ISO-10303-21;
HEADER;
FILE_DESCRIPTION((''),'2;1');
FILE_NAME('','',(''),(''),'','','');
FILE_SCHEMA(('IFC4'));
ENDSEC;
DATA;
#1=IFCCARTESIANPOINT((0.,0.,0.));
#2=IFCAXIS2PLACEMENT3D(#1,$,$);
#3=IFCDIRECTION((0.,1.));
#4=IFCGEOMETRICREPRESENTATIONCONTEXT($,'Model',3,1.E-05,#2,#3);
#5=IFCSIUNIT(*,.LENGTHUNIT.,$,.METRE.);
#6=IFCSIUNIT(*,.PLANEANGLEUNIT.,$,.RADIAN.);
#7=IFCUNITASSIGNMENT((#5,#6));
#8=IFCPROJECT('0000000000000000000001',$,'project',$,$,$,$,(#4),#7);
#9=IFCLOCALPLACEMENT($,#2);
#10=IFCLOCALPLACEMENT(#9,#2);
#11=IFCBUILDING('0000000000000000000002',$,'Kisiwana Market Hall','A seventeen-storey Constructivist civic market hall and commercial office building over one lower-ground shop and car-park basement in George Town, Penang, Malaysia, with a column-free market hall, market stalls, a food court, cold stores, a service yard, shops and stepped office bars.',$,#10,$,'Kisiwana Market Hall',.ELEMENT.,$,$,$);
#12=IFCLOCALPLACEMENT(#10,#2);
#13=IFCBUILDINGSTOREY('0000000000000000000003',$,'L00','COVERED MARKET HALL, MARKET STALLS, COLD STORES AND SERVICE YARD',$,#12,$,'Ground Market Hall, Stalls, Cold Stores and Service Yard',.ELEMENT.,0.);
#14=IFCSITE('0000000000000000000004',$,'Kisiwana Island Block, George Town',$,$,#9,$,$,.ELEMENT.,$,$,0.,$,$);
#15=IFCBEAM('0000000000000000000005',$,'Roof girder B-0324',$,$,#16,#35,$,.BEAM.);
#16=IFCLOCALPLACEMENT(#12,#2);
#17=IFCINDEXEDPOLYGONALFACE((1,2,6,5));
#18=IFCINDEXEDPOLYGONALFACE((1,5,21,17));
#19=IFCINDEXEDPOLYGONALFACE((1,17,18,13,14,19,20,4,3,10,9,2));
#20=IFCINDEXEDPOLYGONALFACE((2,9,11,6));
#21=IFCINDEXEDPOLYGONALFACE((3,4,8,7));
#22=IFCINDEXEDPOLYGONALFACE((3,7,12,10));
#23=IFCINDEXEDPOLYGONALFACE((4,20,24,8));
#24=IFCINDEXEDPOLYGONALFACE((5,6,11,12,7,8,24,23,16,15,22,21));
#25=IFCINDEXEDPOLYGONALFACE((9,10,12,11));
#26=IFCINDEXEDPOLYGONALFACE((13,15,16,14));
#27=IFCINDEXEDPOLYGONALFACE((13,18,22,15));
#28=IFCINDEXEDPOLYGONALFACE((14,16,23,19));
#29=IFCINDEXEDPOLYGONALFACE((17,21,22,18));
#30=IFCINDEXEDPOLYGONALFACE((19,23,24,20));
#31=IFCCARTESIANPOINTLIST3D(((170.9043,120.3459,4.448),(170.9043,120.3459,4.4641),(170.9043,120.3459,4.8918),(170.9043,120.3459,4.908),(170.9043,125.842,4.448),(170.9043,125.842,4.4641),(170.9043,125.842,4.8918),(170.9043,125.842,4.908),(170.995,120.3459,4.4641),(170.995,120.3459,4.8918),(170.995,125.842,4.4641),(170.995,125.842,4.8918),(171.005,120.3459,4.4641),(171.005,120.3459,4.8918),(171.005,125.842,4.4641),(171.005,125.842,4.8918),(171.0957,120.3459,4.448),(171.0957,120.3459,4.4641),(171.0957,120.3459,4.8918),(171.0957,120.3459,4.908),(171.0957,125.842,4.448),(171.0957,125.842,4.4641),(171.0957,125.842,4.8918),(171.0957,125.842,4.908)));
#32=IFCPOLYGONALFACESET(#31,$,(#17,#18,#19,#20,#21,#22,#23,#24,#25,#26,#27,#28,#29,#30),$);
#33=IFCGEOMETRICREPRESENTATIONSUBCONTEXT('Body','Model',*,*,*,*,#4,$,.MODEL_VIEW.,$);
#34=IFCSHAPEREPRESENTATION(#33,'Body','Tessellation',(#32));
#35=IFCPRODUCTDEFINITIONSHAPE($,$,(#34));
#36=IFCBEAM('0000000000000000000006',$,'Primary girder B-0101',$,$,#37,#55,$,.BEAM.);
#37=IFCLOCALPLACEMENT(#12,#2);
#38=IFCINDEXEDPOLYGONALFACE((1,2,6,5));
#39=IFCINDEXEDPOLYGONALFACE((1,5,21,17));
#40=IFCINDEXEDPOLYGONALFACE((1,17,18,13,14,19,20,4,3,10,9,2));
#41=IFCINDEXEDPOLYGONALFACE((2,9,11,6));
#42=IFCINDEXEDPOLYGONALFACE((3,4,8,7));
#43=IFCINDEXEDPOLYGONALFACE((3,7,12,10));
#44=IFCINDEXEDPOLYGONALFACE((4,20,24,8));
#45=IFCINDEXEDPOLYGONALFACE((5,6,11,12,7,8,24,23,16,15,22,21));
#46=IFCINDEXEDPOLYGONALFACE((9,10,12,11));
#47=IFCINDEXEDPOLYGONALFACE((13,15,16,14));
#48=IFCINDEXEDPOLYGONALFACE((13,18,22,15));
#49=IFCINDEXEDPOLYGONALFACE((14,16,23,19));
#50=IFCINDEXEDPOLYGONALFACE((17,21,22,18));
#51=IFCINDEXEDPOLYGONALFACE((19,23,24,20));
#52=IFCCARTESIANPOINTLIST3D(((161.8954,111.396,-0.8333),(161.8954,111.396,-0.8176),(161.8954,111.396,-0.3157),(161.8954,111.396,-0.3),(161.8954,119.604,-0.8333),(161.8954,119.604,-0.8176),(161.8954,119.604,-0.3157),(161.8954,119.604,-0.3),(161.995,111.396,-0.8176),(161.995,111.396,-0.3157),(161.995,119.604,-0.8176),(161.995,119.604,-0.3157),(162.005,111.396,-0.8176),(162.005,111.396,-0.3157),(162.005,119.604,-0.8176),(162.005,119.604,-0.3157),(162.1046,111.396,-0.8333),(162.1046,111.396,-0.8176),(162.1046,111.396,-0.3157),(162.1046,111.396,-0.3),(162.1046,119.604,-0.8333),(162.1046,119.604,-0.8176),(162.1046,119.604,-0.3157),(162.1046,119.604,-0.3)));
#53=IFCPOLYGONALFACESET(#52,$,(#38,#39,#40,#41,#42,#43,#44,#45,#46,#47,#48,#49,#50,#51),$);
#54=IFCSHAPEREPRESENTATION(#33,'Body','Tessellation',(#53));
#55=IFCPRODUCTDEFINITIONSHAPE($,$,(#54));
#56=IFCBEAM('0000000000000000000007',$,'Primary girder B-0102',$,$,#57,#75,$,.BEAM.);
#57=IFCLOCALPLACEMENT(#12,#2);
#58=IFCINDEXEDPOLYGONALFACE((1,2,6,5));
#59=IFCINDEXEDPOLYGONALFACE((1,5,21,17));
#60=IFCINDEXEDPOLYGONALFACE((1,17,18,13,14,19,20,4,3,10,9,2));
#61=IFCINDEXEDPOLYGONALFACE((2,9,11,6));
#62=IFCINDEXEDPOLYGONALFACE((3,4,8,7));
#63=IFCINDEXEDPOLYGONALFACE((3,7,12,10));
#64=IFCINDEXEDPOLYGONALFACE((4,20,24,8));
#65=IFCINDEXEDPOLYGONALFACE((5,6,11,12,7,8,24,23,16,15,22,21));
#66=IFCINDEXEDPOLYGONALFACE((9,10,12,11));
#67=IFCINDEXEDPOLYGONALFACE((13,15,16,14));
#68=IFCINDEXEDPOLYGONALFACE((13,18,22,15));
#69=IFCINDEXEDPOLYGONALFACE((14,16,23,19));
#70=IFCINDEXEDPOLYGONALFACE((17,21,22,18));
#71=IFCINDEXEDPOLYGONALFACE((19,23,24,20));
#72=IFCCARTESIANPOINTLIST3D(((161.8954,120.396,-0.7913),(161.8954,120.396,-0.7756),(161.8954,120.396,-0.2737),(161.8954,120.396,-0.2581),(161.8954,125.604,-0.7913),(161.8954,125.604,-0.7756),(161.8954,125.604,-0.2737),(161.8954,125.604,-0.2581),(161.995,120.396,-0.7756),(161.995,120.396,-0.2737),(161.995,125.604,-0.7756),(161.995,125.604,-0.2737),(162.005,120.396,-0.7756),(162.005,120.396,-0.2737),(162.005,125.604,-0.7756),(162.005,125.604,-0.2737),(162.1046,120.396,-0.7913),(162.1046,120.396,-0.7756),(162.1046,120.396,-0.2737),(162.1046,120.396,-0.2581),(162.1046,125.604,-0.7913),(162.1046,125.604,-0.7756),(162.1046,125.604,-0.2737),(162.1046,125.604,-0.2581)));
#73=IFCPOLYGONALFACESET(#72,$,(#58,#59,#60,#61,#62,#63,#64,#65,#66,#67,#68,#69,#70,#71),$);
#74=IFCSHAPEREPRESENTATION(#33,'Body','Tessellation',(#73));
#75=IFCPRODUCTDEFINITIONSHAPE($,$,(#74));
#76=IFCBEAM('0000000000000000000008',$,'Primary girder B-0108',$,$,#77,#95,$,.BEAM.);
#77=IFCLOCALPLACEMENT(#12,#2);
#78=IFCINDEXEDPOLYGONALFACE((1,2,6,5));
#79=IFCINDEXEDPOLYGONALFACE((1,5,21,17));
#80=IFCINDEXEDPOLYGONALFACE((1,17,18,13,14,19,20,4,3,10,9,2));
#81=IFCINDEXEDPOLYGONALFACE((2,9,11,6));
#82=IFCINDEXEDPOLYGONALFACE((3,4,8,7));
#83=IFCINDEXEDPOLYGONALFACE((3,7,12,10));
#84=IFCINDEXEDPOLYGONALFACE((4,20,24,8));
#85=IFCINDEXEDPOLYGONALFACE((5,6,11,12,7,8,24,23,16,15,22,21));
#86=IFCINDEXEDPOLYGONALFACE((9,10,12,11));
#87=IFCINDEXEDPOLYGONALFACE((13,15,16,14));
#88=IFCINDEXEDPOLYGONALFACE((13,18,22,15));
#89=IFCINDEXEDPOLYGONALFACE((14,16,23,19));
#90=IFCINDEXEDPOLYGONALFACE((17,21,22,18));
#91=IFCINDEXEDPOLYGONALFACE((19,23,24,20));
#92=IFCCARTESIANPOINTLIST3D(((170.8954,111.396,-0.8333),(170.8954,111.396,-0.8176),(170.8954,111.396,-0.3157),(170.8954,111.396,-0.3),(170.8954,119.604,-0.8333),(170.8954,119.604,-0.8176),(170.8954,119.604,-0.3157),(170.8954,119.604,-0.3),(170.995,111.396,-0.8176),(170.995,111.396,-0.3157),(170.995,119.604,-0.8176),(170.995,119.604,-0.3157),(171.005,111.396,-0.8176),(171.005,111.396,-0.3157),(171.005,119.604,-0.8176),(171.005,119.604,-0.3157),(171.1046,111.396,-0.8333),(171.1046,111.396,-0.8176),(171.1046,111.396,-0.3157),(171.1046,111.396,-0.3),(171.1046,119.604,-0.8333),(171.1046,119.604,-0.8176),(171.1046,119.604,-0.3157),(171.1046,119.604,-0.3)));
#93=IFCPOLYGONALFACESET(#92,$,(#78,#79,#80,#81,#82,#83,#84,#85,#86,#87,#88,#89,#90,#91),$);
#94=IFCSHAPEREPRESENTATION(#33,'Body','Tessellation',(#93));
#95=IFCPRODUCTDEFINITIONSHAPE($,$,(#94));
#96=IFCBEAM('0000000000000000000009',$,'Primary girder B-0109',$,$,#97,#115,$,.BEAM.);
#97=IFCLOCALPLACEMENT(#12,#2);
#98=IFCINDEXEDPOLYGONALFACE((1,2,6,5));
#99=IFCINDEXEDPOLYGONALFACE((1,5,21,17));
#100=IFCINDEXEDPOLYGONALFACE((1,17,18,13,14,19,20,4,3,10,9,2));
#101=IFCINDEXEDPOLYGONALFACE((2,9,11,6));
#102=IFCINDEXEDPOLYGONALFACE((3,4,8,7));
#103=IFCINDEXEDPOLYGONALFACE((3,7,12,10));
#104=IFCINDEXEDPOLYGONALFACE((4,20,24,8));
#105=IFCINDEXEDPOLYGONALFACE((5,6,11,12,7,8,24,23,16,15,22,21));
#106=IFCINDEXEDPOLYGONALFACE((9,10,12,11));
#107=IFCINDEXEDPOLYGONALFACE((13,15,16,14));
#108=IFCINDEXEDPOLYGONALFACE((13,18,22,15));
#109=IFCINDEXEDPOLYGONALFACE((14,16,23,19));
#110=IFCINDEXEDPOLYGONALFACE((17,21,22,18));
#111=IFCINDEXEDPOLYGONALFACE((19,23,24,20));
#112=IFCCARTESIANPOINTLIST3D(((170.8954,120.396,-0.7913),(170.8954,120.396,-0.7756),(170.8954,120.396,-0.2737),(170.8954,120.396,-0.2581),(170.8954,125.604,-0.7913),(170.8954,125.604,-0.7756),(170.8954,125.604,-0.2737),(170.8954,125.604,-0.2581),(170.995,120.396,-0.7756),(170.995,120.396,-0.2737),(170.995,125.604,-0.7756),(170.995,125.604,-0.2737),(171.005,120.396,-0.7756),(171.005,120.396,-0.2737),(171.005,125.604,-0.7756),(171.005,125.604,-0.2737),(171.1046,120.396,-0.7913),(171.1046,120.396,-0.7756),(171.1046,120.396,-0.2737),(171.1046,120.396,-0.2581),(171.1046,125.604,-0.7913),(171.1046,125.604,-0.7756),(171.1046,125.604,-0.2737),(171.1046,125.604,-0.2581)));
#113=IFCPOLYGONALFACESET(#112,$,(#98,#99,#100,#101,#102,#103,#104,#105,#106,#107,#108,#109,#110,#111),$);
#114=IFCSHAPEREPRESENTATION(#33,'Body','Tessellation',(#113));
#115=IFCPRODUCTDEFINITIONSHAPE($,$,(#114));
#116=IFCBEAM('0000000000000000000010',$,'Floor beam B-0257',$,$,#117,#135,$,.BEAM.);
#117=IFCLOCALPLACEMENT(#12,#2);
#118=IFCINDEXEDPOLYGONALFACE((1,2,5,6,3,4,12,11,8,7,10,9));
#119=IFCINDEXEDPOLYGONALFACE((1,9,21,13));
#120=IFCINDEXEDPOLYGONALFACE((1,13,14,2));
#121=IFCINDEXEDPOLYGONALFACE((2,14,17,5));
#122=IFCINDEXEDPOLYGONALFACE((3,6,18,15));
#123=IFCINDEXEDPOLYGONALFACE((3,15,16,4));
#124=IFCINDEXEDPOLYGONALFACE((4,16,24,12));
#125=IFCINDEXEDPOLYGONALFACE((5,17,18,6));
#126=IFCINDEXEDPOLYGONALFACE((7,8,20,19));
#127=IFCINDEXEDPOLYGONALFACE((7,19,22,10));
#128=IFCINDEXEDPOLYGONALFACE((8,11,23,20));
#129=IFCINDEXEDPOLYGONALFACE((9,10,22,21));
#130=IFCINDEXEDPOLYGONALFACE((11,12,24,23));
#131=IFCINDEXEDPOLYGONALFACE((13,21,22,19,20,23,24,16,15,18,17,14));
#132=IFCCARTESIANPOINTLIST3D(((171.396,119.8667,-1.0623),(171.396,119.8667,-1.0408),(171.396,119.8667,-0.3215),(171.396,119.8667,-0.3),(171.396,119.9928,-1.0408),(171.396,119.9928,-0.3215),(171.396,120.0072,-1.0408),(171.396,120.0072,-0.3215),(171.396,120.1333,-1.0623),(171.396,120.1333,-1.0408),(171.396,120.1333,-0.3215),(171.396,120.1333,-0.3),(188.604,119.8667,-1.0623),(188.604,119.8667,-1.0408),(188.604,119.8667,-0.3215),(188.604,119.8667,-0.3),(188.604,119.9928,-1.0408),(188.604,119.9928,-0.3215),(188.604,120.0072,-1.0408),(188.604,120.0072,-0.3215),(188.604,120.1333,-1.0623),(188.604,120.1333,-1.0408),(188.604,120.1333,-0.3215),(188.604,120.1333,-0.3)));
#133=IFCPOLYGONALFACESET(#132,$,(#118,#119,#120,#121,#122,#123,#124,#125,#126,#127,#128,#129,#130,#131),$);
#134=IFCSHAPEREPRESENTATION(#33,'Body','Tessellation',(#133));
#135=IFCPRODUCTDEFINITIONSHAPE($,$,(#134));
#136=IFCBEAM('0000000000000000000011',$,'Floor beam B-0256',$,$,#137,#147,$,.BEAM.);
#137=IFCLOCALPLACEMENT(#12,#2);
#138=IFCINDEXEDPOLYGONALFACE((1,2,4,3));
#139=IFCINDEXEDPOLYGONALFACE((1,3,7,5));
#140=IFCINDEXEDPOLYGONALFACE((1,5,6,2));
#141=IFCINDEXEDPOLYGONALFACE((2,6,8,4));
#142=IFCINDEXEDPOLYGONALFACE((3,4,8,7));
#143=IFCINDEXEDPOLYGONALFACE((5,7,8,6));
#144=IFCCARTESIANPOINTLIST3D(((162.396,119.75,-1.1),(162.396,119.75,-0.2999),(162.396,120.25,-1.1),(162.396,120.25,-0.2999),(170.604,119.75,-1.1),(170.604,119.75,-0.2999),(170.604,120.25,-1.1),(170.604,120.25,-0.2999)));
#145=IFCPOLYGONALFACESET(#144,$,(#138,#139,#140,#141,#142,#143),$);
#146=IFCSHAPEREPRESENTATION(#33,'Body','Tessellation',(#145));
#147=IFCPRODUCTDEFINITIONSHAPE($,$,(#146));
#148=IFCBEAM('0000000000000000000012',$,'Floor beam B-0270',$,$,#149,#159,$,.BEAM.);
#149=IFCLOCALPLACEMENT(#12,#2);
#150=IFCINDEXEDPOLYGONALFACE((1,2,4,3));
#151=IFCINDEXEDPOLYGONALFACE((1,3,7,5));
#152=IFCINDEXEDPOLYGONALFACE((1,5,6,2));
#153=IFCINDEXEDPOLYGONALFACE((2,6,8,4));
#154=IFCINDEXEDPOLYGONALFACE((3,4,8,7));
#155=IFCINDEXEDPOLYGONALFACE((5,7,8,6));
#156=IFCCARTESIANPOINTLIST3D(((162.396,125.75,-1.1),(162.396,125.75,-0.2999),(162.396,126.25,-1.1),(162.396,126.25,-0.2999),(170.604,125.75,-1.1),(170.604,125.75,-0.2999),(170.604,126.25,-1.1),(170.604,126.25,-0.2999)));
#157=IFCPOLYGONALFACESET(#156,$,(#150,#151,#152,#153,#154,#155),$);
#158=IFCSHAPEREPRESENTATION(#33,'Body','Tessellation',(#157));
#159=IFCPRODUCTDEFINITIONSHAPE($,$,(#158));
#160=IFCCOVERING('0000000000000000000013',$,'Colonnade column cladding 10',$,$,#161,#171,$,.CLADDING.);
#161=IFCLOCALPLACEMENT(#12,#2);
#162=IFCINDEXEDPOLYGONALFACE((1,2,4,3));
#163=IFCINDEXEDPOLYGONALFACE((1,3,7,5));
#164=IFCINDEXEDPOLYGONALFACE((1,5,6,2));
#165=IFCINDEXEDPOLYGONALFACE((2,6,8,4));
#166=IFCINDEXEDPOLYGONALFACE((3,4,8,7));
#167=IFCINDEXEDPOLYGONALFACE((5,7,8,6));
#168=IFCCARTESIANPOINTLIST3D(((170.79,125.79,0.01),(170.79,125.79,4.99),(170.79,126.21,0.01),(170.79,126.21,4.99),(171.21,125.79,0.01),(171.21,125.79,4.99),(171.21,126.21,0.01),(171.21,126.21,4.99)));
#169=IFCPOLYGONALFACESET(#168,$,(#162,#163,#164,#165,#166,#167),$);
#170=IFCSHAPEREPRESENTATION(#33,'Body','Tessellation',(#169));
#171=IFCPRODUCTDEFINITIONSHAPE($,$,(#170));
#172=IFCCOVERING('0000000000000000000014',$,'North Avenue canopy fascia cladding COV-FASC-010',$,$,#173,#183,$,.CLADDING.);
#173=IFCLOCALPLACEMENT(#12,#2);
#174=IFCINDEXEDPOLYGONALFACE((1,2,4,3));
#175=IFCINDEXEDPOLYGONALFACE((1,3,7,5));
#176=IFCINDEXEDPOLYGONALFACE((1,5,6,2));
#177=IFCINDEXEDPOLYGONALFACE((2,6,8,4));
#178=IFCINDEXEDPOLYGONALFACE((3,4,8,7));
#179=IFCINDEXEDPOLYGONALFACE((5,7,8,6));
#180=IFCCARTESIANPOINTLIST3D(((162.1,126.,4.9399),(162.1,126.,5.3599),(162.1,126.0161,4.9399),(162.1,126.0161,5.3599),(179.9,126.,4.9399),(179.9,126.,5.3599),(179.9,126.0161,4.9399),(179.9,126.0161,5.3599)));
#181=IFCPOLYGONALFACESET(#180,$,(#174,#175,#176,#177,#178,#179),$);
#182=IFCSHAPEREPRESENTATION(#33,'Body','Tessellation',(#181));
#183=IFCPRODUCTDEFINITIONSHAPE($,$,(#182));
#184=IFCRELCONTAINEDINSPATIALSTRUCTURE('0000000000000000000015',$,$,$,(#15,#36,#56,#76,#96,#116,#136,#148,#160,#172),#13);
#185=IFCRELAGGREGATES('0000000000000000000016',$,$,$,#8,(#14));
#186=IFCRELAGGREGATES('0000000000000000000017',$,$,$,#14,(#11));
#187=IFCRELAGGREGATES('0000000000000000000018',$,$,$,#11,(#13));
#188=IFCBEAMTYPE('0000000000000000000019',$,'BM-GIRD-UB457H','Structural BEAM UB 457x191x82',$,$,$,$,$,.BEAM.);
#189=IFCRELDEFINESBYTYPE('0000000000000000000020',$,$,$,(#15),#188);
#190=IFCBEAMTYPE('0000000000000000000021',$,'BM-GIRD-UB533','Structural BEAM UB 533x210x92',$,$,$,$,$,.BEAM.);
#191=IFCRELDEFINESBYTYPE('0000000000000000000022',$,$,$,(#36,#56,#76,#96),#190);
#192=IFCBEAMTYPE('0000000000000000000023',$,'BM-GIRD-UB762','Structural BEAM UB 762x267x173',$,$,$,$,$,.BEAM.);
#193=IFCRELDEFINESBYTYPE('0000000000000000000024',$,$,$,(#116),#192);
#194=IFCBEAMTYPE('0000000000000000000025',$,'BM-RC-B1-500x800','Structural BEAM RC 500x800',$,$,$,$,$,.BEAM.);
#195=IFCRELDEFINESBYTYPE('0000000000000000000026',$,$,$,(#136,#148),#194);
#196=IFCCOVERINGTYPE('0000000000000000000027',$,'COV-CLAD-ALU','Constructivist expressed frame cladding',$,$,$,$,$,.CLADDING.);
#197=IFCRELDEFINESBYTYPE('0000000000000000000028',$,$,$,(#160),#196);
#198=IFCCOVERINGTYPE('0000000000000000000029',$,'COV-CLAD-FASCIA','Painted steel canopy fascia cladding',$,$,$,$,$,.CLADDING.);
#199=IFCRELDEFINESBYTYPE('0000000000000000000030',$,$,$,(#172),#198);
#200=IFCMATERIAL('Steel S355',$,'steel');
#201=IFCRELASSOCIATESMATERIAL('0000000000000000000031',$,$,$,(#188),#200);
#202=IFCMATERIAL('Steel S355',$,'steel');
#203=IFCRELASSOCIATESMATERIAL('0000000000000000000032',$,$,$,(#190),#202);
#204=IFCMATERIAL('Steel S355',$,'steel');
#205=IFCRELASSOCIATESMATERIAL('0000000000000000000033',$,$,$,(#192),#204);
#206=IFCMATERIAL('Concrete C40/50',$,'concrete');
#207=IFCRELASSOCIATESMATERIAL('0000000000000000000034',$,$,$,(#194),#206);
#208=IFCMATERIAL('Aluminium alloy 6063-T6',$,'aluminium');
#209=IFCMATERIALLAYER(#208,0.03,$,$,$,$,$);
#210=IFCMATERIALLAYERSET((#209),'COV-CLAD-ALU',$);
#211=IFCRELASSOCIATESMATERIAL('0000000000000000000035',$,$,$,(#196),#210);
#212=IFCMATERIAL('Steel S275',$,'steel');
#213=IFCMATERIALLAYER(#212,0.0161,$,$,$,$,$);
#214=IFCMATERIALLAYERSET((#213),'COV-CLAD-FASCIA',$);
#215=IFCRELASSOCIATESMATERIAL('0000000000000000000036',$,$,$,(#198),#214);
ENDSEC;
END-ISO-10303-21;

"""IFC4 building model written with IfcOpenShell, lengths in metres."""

from ifc_helpers import new_model, si_unit, direction, frame, origin, origin_2d, place, context, subcontext, project, spatial, rectangle, i_section, extrude, material, layer, layer_set, material_profile, profile_set, type_object, element, save


model = new_model("IFC4")

# Units and contexts
model_context = context("Model", 3, precision=1e-05, world=origin(), true_north=direction((0.0, 1.0)))
body_context = subcontext(model_context, "Body", "Model", "MODEL_VIEW")
ifc_project = project(units=[si_unit("LENGTHUNIT", "METRE"), si_unit("PLANEANGLEUNIT", "RADIAN")], contexts=[model_context])

# Site, building, storey
site_placement = place(None, origin())
site = spatial("IfcSite", under=ifc_project, at=site_placement, Name="Kisiwana Island Block, George Town", CompositionType="ELEMENT", RefElevation=0.0)
building_placement = place(site_placement, origin())
building = spatial("IfcBuilding", under=site, at=building_placement, Name="Kisiwana Market Hall", Description="A seventeen-storey Constructivist civic market hall and commercial office building over one lower-ground shop and car-park basement in George Town, Penang, Malaysia, with a column-free market hall, market stalls, a food court, cold stores, a service yard, shops and stepped office bars.", LongName="Kisiwana Market Hall", CompositionType="ELEMENT")
storey_placement = place(building_placement, origin())
storey = spatial("IfcBuildingStorey", under=building, at=storey_placement, Name="L00", Description="COVERED MARKET HALL, MARKET STALLS, COLD STORES AND SERVICE YARD", LongName="Ground Market Hall, Stalls, Cold Stores and Service Yard", CompositionType="ELEMENT", Elevation=0.0)

# Beams
ifc_material_1 = material(Name="Steel S355", Category="steel")
ifc_material_profile_1 = material_profile(ifc_material_1, i_section(OverallWidth=0.1914, OverallDepth=0.46, WebThickness=0.01, FlangeThickness=0.0161, at=origin_2d()), Name="UB 457x191x82")
ifc_profile_set_1 = profile_set([ifc_material_profile_1], Name="Steel S355")
beam_type_1 = type_object("IfcBeamType", Name="BM-GIRD-UB457H", Description="Structural BEAM UB 457x191x82", PredefinedType="BEAM", material=ifc_profile_set_1)
for number, where, z_axis, x_axis, name in (
    (1, (171.0, 120.3459, 4.678), (0.0, 1.0, 0.0), (-1.0, 0.0, 0.0), "Roof girder B-0324"),
):
    element("IfcBeam", number, at=place(storey_placement, frame(where, z_axis=z_axis, x_axis=x_axis)), inside=storey, type_object=beam_type_1, Name=name, PredefinedType="BEAM", context=body_context, shape_type="SweptSolid", body=[
        extrude(i_section(OverallWidth=0.1914, OverallDepth=0.46, WebThickness=0.01, FlangeThickness=0.0161, at=origin_2d()), origin(), (0.0, 0.0, 1.0), 5.4961),
    ])
ifc_material_2 = material(Name="Steel S355", Category="steel")
ifc_material_profile_2 = material_profile(ifc_material_2, i_section(OverallWidth=0.2092, OverallDepth=0.5332, WebThickness=0.01, FlangeThickness=0.0156, at=origin_2d()), Name="UB 533x210x92")
ifc_profile_set_2 = profile_set([ifc_material_profile_2], Name="Steel S355")
beam_type_2 = type_object("IfcBeamType", Name="BM-GIRD-UB533", Description="Structural BEAM UB 533x210x92", PredefinedType="BEAM", material=ifc_profile_set_2)
beam_1_placement = place(storey_placement, frame((162.0, 111.396, -0.5667), z_axis=(0.0, 1.0, 0.0), x_axis=(-1.0, 0.0, 0.0)))
element("IfcBeam", 2, at=beam_1_placement, inside=storey, type_object=beam_type_2, Name="Primary girder B-0101", PredefinedType="BEAM", context=body_context, shape_type="SweptSolid", body=[
    extrude(i_section(OverallWidth=0.2092, OverallDepth=0.5332, WebThickness=0.01, FlangeThickness=0.0156, at=origin_2d()), origin(), (0.0, 0.0, 1.0), 8.208),
])
beam_2_placement = place(storey_placement, frame((162.0, 120.396, -0.5247), z_axis=(0.0, 1.0, 0.0), x_axis=(-1.0, 0.0, 0.0)))
element("IfcBeam", 3, at=beam_2_placement, inside=storey, type_object=beam_type_2, Name="Primary girder B-0102", PredefinedType="BEAM", context=body_context, shape_type="SweptSolid", body=[
    extrude(i_section(OverallWidth=0.2092, OverallDepth=0.5332, WebThickness=0.01, FlangeThickness=0.0156, at=origin_2d()), origin(), (0.0, 0.0, 1.0), 5.208),
])
beam_3_placement = place(storey_placement, frame((171.0, 111.396, -0.5667), z_axis=(0.0, 1.0, 0.0), x_axis=(-1.0, 0.0, 0.0)))
element("IfcBeam", 4, at=beam_3_placement, inside=storey, type_object=beam_type_2, Name="Primary girder B-0108", PredefinedType="BEAM", context=body_context, shape_type="SweptSolid", body=[
    extrude(i_section(OverallWidth=0.2092, OverallDepth=0.5332, WebThickness=0.01, FlangeThickness=0.0156, at=origin_2d()), origin(), (0.0, 0.0, 1.0), 8.208),
])
beam_4_placement = place(storey_placement, frame((171.0, 120.396, -0.5247), z_axis=(0.0, 1.0, 0.0), x_axis=(-1.0, 0.0, 0.0)))
element("IfcBeam", 5, at=beam_4_placement, inside=storey, type_object=beam_type_2, Name="Primary girder B-0109", PredefinedType="BEAM", context=body_context, shape_type="SweptSolid", body=[
    extrude(i_section(OverallWidth=0.2092, OverallDepth=0.5332, WebThickness=0.01, FlangeThickness=0.0156, at=origin_2d()), origin(), (0.0, 0.0, 1.0), 5.208),
])
ifc_material_3 = material(Name="Steel S355", Category="steel")
ifc_material_profile_3 = material_profile(ifc_material_3, i_section(OverallWidth=0.2666, OverallDepth=0.7622, WebThickness=0.0144, FlangeThickness=0.0215, at=origin_2d()), Name="UB 762x267x173")
ifc_profile_set_3 = profile_set([ifc_material_profile_3], Name="Steel S355")
beam_type_3 = type_object("IfcBeamType", Name="BM-GIRD-UB762", Description="Structural BEAM UB 762x267x173", PredefinedType="BEAM", material=ifc_profile_set_3)
beam_5_placement = place(storey_placement, frame((171.396, 120.0, -0.6812), z_axis=(1.0, 0.0, 0.0), x_axis=(0.0, 1.0, 0.0)))
element("IfcBeam", 6, at=beam_5_placement, inside=storey, type_object=beam_type_3, Name="Floor beam B-0257", PredefinedType="BEAM", context=body_context, shape_type="SweptSolid", body=[
    extrude(i_section(OverallWidth=0.2666, OverallDepth=0.7622, WebThickness=0.0144, FlangeThickness=0.0215, at=origin_2d()), origin(), (0.0, 0.0, 1.0), 17.208),
])
ifc_material_4 = material(Name="Concrete C40/50", Category="concrete")
ifc_material_profile_4 = material_profile(ifc_material_4, rectangle(XDim=0.5, YDim=0.8, at=origin_2d()), Name="RC 500x800")
ifc_profile_set_4 = profile_set([ifc_material_profile_4], Name="Concrete C40/50")
beam_type_4 = type_object("IfcBeamType", Name="BM-RC-B1-500x800", Description="Structural BEAM RC 500x800", PredefinedType="BEAM", material=ifc_profile_set_4)
for number, where, z_axis, x_axis, name in (
    (7, (162.396, 120.0, -0.7), (1.0, 0.0, 0.0), (0.0, 1.0, 0.0), "Floor beam B-0256"),
    (8, (162.396, 126.0, -0.7), (1.0, 0.0, 0.0), (0.0, 1.0, 0.0), "Floor beam B-0270"),
):
    element("IfcBeam", number, at=place(storey_placement, frame(where, z_axis=z_axis, x_axis=x_axis)), inside=storey, type_object=beam_type_4, Name=name, PredefinedType="BEAM", context=body_context, shape_type="SweptSolid", body=[
        extrude(rectangle(XDim=0.5, YDim=0.8, at=origin_2d()), origin(), (0.0, 0.0, 1.0), 8.208),
    ])

# Coverings
ifc_material_5 = material(Name="Aluminium alloy 6063-T6", Category="aluminium")
ifc_layer_1 = layer(ifc_material_5, 0.03)
ifc_layer_set_1 = layer_set([ifc_layer_1], Name="COV-CLAD-ALU")
covering_type_1 = type_object("IfcCoveringType", Name="COV-CLAD-ALU", Description="Constructivist expressed frame cladding", PredefinedType="CLADDING", material=ifc_layer_set_1)
covering_1_placement = place(storey_placement, frame((171.0, 126.0, 0.01), z_axis=(0.0, 0.0, 1.0), x_axis=(1.0, 0.0, 0.0)))
element("IfcCovering", 9, at=covering_1_placement, inside=storey, type_object=covering_type_1, Name="Colonnade column cladding 10", PredefinedType="CLADDING", context=body_context, shape_type="SweptSolid", body=[
    extrude(rectangle(XDim=0.4199, YDim=0.4199, at=origin_2d()), origin(), (0.0, 0.0, 1.0), 4.98),
])
ifc_material_6 = material(Name="Steel S275", Category="steel")
ifc_layer_2 = layer(ifc_material_6, 0.0161)
ifc_layer_set_2 = layer_set([ifc_layer_2], Name="COV-CLAD-FASCIA")
covering_type_2 = type_object("IfcCoveringType", Name="COV-CLAD-FASCIA", Description="Painted steel canopy fascia cladding", PredefinedType="CLADDING", material=ifc_layer_set_2)
covering_2_placement = place(storey_placement, frame((171.0, 126.0081, 4.9399), z_axis=(0.0, 0.0, 1.0), x_axis=(1.0, 0.0, 0.0)))
element("IfcCovering", 10, at=covering_2_placement, inside=storey, type_object=covering_type_2, Name="North Avenue canopy fascia cladding COV-FASC-010", PredefinedType="CLADDING", context=body_context, shape_type="SweptSolid", body=[
    extrude(rectangle(XDim=17.8, YDim=0.0161, at=origin_2d()), origin(), (0.0, 0.0, 1.0), 0.4199),
])

save(model, "model.ifc")
